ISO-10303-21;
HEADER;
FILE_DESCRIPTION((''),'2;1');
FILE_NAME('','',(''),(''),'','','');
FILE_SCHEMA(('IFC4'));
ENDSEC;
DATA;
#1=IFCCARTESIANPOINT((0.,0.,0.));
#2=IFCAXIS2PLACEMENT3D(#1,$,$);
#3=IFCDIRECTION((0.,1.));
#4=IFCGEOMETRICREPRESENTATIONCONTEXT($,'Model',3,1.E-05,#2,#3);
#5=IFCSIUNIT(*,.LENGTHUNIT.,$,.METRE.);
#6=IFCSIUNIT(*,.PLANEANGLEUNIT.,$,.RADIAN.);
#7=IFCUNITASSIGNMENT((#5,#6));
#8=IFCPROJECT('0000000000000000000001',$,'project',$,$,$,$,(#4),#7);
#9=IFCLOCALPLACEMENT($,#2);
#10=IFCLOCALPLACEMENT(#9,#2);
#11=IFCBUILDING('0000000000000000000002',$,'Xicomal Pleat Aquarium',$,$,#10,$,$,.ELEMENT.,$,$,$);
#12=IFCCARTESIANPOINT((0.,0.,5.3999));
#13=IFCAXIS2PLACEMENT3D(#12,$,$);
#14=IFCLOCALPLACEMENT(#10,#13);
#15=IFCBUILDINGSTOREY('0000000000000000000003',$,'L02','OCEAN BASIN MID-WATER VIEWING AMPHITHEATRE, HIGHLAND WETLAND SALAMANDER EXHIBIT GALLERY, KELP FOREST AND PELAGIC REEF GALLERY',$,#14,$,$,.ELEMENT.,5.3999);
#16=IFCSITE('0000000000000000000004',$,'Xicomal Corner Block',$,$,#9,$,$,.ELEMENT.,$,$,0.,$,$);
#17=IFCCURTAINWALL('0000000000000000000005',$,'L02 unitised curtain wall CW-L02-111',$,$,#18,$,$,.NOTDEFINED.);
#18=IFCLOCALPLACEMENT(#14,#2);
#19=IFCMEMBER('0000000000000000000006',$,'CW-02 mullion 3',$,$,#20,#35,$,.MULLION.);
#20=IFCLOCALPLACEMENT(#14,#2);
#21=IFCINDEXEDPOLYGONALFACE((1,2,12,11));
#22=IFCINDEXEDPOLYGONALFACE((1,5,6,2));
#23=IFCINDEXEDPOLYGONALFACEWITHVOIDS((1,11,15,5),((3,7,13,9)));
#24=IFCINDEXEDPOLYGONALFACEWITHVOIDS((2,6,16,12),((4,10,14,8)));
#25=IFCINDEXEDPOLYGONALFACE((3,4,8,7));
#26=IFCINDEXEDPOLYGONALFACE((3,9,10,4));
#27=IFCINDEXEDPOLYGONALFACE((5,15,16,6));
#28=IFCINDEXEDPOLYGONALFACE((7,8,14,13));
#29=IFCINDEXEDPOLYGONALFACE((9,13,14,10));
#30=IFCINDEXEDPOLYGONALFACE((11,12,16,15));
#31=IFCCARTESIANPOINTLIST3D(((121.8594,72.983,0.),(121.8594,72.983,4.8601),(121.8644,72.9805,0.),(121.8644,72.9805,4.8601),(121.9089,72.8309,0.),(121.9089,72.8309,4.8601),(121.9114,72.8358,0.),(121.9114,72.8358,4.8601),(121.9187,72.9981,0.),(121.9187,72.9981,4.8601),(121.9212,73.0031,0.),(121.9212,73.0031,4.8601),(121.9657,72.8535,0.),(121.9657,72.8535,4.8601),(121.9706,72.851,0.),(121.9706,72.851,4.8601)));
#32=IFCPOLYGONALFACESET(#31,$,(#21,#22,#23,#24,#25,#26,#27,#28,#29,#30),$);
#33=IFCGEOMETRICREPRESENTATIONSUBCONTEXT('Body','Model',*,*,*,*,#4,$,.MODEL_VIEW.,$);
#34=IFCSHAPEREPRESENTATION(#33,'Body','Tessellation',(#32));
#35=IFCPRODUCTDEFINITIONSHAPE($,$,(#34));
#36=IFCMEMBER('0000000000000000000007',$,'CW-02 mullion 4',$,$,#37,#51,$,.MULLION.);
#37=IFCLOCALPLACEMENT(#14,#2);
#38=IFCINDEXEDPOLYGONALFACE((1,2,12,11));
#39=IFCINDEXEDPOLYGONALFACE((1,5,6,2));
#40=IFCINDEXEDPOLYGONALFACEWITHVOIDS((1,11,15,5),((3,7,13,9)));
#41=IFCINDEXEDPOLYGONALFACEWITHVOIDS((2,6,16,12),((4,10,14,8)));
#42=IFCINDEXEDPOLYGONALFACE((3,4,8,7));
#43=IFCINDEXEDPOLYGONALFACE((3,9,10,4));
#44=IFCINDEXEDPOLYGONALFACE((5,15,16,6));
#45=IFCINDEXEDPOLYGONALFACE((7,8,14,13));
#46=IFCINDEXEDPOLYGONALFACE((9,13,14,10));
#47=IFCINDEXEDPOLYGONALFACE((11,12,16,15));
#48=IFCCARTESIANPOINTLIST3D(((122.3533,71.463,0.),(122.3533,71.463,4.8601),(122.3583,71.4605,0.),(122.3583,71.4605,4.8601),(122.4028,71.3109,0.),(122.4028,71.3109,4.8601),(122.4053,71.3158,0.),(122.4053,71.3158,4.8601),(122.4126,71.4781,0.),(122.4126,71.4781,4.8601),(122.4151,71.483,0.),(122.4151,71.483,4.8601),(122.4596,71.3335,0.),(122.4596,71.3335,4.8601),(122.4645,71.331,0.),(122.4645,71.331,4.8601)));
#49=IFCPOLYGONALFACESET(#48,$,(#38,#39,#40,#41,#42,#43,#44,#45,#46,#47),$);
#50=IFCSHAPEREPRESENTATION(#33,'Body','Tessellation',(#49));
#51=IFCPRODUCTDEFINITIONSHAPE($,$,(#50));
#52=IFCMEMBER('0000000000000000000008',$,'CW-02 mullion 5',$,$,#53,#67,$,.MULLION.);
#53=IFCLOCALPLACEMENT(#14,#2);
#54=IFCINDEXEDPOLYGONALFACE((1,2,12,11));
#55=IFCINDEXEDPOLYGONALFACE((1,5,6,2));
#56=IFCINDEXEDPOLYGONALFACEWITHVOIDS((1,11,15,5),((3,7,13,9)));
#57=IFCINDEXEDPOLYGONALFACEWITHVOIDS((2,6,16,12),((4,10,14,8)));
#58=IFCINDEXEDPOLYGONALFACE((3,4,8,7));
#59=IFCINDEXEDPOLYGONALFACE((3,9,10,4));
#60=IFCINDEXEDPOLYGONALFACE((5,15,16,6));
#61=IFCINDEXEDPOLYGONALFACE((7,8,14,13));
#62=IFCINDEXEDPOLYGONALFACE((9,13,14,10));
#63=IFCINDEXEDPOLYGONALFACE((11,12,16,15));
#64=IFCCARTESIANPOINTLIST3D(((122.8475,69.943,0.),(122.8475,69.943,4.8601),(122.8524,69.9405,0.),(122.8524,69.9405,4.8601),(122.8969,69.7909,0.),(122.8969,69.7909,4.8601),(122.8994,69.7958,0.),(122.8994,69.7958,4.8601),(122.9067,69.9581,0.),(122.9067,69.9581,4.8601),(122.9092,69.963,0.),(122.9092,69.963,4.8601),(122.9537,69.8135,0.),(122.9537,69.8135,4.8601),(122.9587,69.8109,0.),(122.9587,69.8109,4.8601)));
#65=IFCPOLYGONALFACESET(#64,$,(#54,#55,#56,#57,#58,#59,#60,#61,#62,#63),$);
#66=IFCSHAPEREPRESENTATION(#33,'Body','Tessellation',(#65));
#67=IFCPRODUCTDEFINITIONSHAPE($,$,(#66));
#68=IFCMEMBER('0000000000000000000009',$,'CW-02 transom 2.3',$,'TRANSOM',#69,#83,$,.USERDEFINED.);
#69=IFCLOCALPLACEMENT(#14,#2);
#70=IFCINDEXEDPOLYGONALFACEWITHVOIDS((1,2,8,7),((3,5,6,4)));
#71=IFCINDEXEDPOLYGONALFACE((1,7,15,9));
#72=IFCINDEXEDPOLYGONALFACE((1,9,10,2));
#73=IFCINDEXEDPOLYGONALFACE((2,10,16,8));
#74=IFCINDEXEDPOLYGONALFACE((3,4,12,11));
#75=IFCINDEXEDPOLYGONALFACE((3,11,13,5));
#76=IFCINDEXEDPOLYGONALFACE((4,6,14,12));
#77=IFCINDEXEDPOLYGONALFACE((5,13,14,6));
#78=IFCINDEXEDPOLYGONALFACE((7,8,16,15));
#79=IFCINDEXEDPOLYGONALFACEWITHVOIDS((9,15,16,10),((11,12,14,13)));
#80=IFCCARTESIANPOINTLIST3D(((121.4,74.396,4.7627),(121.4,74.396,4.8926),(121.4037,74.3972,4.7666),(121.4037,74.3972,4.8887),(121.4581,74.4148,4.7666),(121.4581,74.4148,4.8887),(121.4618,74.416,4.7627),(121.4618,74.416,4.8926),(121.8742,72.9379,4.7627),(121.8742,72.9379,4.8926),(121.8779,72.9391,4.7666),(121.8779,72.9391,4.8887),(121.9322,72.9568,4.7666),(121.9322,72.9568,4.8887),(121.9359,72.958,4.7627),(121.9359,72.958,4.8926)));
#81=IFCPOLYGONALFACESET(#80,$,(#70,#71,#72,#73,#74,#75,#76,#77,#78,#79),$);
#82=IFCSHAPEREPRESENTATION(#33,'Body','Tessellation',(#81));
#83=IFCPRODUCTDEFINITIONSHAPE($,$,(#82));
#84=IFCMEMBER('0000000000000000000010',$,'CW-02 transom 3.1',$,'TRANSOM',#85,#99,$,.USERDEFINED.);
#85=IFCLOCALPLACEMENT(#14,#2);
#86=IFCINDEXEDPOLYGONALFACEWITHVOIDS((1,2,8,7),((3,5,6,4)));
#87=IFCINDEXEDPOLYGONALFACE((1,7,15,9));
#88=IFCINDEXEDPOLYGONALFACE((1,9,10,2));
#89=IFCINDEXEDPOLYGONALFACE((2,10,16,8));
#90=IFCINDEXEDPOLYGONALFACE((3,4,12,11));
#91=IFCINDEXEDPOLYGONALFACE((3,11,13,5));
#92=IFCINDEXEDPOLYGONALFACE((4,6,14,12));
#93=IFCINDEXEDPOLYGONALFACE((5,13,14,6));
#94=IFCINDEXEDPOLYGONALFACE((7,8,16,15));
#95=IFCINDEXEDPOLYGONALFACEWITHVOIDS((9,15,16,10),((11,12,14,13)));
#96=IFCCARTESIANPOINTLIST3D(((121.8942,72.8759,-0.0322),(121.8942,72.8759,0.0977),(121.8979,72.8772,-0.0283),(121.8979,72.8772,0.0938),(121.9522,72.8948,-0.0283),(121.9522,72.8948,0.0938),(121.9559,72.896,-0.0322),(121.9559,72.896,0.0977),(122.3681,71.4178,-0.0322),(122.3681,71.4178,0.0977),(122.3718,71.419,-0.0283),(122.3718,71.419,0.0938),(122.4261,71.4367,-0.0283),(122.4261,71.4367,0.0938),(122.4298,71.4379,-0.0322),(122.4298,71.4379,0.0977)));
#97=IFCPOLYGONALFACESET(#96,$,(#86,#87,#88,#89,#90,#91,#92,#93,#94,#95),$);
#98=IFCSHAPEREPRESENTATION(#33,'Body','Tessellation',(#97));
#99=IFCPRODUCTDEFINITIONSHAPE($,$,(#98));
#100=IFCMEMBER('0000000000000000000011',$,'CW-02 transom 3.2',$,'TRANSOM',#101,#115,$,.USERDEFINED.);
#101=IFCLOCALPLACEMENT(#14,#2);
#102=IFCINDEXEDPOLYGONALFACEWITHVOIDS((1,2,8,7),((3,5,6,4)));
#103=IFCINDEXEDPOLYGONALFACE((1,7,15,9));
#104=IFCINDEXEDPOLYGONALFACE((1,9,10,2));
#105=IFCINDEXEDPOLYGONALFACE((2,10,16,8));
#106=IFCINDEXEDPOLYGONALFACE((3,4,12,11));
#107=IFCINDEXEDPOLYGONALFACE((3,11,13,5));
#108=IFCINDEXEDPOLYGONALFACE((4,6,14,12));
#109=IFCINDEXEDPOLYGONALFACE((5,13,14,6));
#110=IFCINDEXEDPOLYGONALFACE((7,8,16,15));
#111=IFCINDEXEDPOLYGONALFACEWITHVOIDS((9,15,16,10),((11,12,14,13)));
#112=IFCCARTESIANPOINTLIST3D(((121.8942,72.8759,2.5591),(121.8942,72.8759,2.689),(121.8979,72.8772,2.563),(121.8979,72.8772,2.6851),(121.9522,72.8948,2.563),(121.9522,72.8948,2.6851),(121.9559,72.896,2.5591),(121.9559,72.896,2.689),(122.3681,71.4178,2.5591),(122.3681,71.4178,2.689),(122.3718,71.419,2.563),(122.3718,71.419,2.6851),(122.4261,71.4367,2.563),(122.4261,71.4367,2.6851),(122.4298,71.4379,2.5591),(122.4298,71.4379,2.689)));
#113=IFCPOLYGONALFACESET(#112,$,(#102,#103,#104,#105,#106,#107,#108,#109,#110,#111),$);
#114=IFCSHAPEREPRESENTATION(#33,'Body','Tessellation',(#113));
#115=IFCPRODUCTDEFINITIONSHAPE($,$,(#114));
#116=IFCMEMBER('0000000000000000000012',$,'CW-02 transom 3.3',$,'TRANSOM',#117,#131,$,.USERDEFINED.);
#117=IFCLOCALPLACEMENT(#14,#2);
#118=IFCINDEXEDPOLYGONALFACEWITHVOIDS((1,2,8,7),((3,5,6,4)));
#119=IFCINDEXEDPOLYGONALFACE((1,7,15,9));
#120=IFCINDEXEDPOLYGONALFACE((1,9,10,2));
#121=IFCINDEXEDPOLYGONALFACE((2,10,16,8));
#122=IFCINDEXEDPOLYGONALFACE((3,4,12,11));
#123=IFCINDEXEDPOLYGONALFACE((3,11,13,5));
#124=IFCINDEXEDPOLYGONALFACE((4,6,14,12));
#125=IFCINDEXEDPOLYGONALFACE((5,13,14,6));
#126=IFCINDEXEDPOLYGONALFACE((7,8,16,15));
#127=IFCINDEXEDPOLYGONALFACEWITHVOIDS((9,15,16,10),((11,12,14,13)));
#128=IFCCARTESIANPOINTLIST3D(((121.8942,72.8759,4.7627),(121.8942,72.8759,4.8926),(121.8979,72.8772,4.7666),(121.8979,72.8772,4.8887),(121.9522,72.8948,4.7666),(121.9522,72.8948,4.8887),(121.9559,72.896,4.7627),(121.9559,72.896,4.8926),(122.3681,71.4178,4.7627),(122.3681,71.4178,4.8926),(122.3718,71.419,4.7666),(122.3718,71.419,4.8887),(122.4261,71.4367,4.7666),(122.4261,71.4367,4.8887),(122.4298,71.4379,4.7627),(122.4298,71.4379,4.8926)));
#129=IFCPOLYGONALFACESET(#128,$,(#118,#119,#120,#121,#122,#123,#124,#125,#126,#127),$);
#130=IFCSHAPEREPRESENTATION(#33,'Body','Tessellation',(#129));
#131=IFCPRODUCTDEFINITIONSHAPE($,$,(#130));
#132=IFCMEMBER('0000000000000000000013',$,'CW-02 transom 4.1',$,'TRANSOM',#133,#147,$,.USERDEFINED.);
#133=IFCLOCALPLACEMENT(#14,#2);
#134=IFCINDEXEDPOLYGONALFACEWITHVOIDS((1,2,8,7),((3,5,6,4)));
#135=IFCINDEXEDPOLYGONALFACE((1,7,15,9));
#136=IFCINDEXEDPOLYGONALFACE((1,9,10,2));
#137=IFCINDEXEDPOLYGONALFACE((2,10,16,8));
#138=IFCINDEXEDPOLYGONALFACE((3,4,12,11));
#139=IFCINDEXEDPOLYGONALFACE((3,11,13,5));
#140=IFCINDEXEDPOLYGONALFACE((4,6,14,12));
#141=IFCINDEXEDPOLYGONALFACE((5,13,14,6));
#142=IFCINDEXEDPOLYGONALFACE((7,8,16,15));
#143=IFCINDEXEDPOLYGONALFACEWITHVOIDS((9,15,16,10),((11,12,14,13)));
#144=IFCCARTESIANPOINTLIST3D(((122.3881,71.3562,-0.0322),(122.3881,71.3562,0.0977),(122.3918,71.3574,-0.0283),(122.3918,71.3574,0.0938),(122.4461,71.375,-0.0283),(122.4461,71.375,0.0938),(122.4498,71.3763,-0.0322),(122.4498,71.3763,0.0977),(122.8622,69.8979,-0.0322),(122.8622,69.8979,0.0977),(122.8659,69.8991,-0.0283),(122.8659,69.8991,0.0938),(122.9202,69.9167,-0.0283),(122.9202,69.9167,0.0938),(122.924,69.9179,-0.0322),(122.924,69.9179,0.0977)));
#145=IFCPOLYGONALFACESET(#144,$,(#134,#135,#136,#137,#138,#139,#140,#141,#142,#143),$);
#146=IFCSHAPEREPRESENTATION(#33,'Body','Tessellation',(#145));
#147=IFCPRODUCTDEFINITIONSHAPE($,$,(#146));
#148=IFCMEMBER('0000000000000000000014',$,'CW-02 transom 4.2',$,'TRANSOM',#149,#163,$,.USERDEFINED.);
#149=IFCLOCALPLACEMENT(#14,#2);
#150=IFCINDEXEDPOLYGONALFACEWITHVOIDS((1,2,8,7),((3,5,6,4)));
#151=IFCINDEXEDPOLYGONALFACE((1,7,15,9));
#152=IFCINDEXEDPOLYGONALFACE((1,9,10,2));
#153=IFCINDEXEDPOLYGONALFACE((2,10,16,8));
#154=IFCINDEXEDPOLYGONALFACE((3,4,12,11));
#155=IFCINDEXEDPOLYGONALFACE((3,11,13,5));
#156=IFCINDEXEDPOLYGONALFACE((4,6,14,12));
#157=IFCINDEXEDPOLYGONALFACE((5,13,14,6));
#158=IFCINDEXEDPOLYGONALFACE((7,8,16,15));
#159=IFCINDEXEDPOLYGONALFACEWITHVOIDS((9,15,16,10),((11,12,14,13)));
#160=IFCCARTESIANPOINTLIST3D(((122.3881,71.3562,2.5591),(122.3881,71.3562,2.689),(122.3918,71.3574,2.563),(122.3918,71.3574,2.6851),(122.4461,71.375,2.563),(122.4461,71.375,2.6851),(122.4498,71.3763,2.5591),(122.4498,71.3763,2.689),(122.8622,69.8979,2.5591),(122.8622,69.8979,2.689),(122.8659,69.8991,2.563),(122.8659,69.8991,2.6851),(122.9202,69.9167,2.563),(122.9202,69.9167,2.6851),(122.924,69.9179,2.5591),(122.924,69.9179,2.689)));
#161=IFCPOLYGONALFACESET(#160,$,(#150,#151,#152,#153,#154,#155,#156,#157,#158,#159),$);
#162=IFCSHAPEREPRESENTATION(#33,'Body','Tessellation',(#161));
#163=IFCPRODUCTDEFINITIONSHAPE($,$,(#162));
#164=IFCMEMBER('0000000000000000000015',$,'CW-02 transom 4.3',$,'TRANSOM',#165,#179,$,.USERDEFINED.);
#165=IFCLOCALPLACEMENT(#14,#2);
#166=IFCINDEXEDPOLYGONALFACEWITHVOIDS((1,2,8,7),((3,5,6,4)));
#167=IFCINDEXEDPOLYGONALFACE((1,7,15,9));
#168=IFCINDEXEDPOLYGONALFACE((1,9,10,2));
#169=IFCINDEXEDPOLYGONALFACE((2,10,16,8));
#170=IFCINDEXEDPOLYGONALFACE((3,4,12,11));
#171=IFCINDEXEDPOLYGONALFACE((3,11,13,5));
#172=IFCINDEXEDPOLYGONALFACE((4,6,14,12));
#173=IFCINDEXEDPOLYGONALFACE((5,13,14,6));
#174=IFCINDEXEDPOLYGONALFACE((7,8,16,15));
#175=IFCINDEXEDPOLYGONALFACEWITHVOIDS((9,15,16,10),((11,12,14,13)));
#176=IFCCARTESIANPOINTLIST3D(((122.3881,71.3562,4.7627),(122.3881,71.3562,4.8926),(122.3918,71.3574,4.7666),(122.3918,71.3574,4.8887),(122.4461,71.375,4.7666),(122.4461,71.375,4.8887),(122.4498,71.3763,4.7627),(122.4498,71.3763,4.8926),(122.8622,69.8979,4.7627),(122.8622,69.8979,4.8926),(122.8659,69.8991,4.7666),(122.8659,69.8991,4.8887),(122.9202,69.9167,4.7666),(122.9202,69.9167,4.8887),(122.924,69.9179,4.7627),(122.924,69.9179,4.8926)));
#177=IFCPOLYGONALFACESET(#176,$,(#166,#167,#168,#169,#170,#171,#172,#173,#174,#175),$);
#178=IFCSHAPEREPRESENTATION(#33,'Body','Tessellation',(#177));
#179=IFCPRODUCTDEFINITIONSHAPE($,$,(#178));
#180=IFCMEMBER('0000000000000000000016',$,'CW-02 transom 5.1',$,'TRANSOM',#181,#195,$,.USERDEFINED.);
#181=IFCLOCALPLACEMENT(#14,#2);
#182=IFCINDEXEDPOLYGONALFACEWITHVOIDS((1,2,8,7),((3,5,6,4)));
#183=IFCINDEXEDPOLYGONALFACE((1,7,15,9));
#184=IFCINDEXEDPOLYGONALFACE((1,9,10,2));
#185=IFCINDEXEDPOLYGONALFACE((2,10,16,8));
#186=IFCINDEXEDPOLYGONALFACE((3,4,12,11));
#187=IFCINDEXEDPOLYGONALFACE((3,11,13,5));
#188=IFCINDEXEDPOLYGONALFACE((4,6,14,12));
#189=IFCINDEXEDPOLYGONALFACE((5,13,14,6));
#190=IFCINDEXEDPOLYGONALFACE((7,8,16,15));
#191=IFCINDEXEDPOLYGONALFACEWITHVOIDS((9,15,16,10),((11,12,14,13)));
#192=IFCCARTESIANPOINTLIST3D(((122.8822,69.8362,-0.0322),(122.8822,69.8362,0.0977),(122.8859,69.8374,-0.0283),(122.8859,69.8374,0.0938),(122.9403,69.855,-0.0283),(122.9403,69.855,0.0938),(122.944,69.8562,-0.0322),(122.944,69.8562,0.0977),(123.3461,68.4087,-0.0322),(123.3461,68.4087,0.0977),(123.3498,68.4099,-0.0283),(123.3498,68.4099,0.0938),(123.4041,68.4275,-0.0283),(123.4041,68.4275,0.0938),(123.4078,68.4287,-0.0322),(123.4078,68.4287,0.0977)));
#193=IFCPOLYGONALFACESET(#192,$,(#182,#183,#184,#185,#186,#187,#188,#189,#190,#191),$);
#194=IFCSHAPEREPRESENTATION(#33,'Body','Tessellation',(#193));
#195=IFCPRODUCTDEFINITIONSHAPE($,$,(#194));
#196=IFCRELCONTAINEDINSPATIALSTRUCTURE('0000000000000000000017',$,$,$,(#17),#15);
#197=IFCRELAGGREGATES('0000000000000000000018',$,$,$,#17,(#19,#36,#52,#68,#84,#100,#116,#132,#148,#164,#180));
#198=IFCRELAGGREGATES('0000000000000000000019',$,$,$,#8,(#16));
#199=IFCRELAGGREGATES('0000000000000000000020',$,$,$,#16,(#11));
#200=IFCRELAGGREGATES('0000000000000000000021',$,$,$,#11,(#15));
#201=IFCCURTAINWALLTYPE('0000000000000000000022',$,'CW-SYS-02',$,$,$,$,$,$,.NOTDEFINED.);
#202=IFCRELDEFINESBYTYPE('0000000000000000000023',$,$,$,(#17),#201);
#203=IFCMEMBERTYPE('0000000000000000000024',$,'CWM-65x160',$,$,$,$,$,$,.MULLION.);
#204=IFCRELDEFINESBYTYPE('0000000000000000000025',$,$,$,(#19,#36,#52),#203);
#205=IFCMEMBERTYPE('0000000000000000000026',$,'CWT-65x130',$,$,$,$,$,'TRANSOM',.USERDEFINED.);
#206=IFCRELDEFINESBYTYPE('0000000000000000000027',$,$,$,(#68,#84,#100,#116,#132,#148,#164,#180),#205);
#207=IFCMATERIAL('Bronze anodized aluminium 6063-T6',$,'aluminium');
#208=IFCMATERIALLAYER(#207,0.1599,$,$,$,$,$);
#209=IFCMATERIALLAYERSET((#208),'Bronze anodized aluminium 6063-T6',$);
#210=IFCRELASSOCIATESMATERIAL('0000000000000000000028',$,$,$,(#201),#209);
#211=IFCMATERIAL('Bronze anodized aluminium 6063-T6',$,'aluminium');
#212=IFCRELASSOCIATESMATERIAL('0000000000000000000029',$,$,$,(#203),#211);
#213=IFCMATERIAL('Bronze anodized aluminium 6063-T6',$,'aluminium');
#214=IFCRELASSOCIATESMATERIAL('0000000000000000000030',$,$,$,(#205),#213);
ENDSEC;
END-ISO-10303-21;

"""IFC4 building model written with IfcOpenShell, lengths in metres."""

from ifc_helpers import new_model, si_unit, direction, frame, origin, origin_2d, place, context, subcontext, project, spatial, hollow_rectangle, extrude, material, layer, layer_set, material_profile, profile_set, type_object, element, aggregate, save


model = new_model("IFC4")

# Units and contexts
model_context = context("Model", 3, precision=1e-05, world=origin(), true_north=direction((0.0, 1.0)))
body_context = subcontext(model_context, "Body", "Model", "MODEL_VIEW")
ifc_project = project(units=[si_unit("LENGTHUNIT", "METRE"), si_unit("PLANEANGLEUNIT", "RADIAN")], contexts=[model_context])

# Site, building, storey
site_placement = place(None, origin())
site = spatial("IfcSite", under=ifc_project, at=site_placement, Name="Xicomal Corner Block", CompositionType="ELEMENT", RefElevation=0.0)
building_placement = place(site_placement, origin())
building = spatial("IfcBuilding", under=site, at=building_placement, Name="Xicomal Pleat Aquarium", CompositionType="ELEMENT")
storey_placement = place(building_placement, frame((0.0, 0.0, 5.3999)))
storey = spatial("IfcBuildingStorey", under=building, at=storey_placement, Name="L02", Description="OCEAN BASIN MID-WATER VIEWING AMPHITHEATRE, HIGHLAND WETLAND SALAMANDER EXHIBIT GALLERY, KELP FOREST AND PELAGIC REEF GALLERY", CompositionType="ELEMENT", Elevation=5.3999)

# Curtain wall, members
ifc_material_1 = material(Name="Bronze anodized aluminium 6063-T6", Category="aluminium")
ifc_layer_1 = layer(ifc_material_1, 0.1599)
ifc_layer_set_1 = layer_set([ifc_layer_1], Name="Bronze anodized aluminium 6063-T6")
curtain_wall_type = type_object("IfcCurtainWallType", Name="CW-SYS-02", PredefinedType="NOTDEFINED", material=ifc_layer_set_1)
curtain_wall_placement = place(storey_placement, origin())
curtain_wall = element("IfcCurtainWall", 1, at=curtain_wall_placement, inside=storey, type_object=curtain_wall_type, Name="L02 unitised curtain wall CW-L02-111", PredefinedType="NOTDEFINED")
ifc_material_2 = material(Name="Bronze anodized aluminium 6063-T6", Category="aluminium")
ifc_material_profile_1 = material_profile(ifc_material_2, hollow_rectangle(XDim=0.0649, YDim=0.1599, WallThickness=0.0039, at=origin_2d()), Name="ALU MULL 65x160")
ifc_profile_set_1 = profile_set([ifc_material_profile_1], Name="Bronze anodized aluminium 6063-T6")
member_type_1 = type_object("IfcMemberType", Name="CWM-65x160", PredefinedType="MULLION", material=ifc_profile_set_1)
member_1_placement = place(storey_placement, frame((121.915, 72.917, 0.0), z_axis=(0.0, 0.0, 1.0), x_axis=(0.951034, 0.309086, 0.0)))
member_1 = element("IfcMember", 2, at=member_1_placement, type_object=member_type_1, Name="CW-02 mullion 3", PredefinedType="MULLION", context=body_context, shape_type="SweptSolid", body=[
    extrude(hollow_rectangle(XDim=0.0649, YDim=0.1599, WallThickness=0.0039, at=origin_2d()), origin(), (0.0, 0.0, 1.0), 4.8601),
])
member_2_placement = place(storey_placement, frame((122.4089, 71.397, 0.0), z_axis=(0.0, 0.0, 1.0), x_axis=(0.951034, 0.309086, 0.0)))
member_2 = element("IfcMember", 3, at=member_2_placement, type_object=member_type_1, Name="CW-02 mullion 4", PredefinedType="MULLION", context=body_context, shape_type="SweptSolid", body=[
    extrude(hollow_rectangle(XDim=0.0649, YDim=0.1599, WallThickness=0.0039, at=origin_2d()), origin(), (0.0, 0.0, 1.0), 4.8601),
])
member_3_placement = place(storey_placement, frame((122.9031, 69.877, 0.0), z_axis=(0.0, 0.0, 1.0), x_axis=(0.951034, 0.309086, 0.0)))
member_3 = element("IfcMember", 4, at=member_3_placement, type_object=member_type_1, Name="CW-02 mullion 5", PredefinedType="MULLION", context=body_context, shape_type="SweptSolid", body=[
    extrude(hollow_rectangle(XDim=0.0649, YDim=0.1599, WallThickness=0.0039, at=origin_2d()), origin(), (0.0, 0.0, 1.0), 4.8601),
])
ifc_material_3 = material(Name="Bronze anodized aluminium 6063-T6", Category="aluminium")
ifc_material_profile_2 = material_profile(ifc_material_3, hollow_rectangle(XDim=0.0649, YDim=0.1299, WallThickness=0.0039, at=origin_2d()), Name="ALU TRAN 65x130")
ifc_profile_set_2 = profile_set([ifc_material_profile_2], Name="Bronze anodized aluminium 6063-T6")
member_type_2 = type_object("IfcMemberType", Name="CWT-65x130", ElementType="TRANSOM", PredefinedType="USERDEFINED", material=ifc_profile_set_2)
member_4_placement = place(storey_placement, frame((121.4309, 74.406, 4.8276), z_axis=(0.309244, -0.950983, 0.0), x_axis=(0.950983, 0.309244, 0.0)))
member_4 = element("IfcMember", 5, at=member_4_placement, type_object=member_type_2, Name="CW-02 transom 2.3", ObjectType="TRANSOM", PredefinedType="USERDEFINED", context=body_context, shape_type="SweptSolid", body=[
    extrude(hollow_rectangle(XDim=0.0649, YDim=0.1299, WallThickness=0.0039, at=origin_2d()), origin(), (0.0, 0.0, 1.0), 1.5332),
])
member_5_placement = place(storey_placement, frame((121.925, 72.886, 0.0327), z_axis=(0.3091, -0.951029, 0.0), x_axis=(0.951029, 0.3091, 0.0)))
member_5 = element("IfcMember", 6, at=member_5_placement, type_object=member_type_2, Name="CW-02 transom 3.1", ObjectType="TRANSOM", PredefinedType="USERDEFINED", context=body_context, shape_type="SweptSolid", body=[
    extrude(hollow_rectangle(XDim=0.0649, YDim=0.1299, WallThickness=0.0039, at=origin_2d()), origin(), (0.0, 0.0, 1.0), 1.5332),
])
member_6_placement = place(storey_placement, frame((121.925, 72.886, 2.624), z_axis=(0.3091, -0.951029, 0.0), x_axis=(0.951029, 0.3091, 0.0)))
member_6 = element("IfcMember", 7, at=member_6_placement, type_object=member_type_2, Name="CW-02 transom 3.2", ObjectType="TRANSOM", PredefinedType="USERDEFINED", context=body_context, shape_type="SweptSolid", body=[
    extrude(hollow_rectangle(XDim=0.0649, YDim=0.1299, WallThickness=0.0039, at=origin_2d()), origin(), (0.0, 0.0, 1.0), 1.5332),
])
member_7_placement = place(storey_placement, frame((121.925, 72.886, 4.8276), z_axis=(0.3091, -0.951029, 0.0), x_axis=(0.951029, 0.3091, 0.0)))
member_7 = element("IfcMember", 8, at=member_7_placement, type_object=member_type_2, Name="CW-02 transom 3.3", ObjectType="TRANSOM", PredefinedType="USERDEFINED", context=body_context, shape_type="SweptSolid", body=[
    extrude(hollow_rectangle(XDim=0.0649, YDim=0.1299, WallThickness=0.0039, at=origin_2d()), origin(), (0.0, 0.0, 1.0), 1.5332),
])
member_8_placement = place(storey_placement, frame((122.4189, 71.3662, 0.0327), z_axis=(0.309198, -0.950998, 0.0), x_axis=(0.950998, 0.309198, 0.0)))
member_8 = element("IfcMember", 9, at=member_8_placement, type_object=member_type_2, Name="CW-02 transom 4.1", ObjectType="TRANSOM", PredefinedType="USERDEFINED", context=body_context, shape_type="SweptSolid", body=[
    extrude(hollow_rectangle(XDim=0.0649, YDim=0.1299, WallThickness=0.0039, at=origin_2d()), origin(), (0.0, 0.0, 1.0), 1.5334),
])
member_9_placement = place(storey_placement, frame((122.4189, 71.3662, 2.624), z_axis=(0.309198, -0.950998, 0.0), x_axis=(0.950998, 0.309198, 0.0)))
member_9 = element("IfcMember", 10, at=member_9_placement, type_object=member_type_2, Name="CW-02 transom 4.2", ObjectType="TRANSOM", PredefinedType="USERDEFINED", context=body_context, shape_type="SweptSolid", body=[
    extrude(hollow_rectangle(XDim=0.0649, YDim=0.1299, WallThickness=0.0039, at=origin_2d()), origin(), (0.0, 0.0, 1.0), 1.5334),
])
member_10_placement = place(storey_placement, frame((122.4189, 71.3662, 4.8276), z_axis=(0.309198, -0.950998, 0.0), x_axis=(0.950998, 0.309198, 0.0)))
member_10 = element("IfcMember", 11, at=member_10_placement, type_object=member_type_2, Name="CW-02 transom 4.3", ObjectType="TRANSOM", PredefinedType="USERDEFINED", context=body_context, shape_type="SweptSolid", body=[
    extrude(hollow_rectangle(XDim=0.0649, YDim=0.1299, WallThickness=0.0039, at=origin_2d()), origin(), (0.0, 0.0, 1.0), 1.5334),
])
member_11_placement = place(storey_placement, frame((122.9131, 69.8462, 0.0327), z_axis=(0.309046, -0.951047, 0.0), x_axis=(0.951047, 0.309046, 0.0)))
member_11 = element("IfcMember", 12, at=member_11_placement, type_object=member_type_2, Name="CW-02 transom 5.1", ObjectType="TRANSOM", PredefinedType="USERDEFINED", context=body_context, shape_type="SweptSolid", body=[
    extrude(hollow_rectangle(XDim=0.0649, YDim=0.1299, WallThickness=0.0039, at=origin_2d()), origin(), (0.0, 0.0, 1.0), 1.501),
])
aggregate(curtain_wall, [member_1, member_2, member_3, member_4, member_5, member_6, member_7, member_8, member_9, member_10, member_11])

save(model, "model.ifc")
